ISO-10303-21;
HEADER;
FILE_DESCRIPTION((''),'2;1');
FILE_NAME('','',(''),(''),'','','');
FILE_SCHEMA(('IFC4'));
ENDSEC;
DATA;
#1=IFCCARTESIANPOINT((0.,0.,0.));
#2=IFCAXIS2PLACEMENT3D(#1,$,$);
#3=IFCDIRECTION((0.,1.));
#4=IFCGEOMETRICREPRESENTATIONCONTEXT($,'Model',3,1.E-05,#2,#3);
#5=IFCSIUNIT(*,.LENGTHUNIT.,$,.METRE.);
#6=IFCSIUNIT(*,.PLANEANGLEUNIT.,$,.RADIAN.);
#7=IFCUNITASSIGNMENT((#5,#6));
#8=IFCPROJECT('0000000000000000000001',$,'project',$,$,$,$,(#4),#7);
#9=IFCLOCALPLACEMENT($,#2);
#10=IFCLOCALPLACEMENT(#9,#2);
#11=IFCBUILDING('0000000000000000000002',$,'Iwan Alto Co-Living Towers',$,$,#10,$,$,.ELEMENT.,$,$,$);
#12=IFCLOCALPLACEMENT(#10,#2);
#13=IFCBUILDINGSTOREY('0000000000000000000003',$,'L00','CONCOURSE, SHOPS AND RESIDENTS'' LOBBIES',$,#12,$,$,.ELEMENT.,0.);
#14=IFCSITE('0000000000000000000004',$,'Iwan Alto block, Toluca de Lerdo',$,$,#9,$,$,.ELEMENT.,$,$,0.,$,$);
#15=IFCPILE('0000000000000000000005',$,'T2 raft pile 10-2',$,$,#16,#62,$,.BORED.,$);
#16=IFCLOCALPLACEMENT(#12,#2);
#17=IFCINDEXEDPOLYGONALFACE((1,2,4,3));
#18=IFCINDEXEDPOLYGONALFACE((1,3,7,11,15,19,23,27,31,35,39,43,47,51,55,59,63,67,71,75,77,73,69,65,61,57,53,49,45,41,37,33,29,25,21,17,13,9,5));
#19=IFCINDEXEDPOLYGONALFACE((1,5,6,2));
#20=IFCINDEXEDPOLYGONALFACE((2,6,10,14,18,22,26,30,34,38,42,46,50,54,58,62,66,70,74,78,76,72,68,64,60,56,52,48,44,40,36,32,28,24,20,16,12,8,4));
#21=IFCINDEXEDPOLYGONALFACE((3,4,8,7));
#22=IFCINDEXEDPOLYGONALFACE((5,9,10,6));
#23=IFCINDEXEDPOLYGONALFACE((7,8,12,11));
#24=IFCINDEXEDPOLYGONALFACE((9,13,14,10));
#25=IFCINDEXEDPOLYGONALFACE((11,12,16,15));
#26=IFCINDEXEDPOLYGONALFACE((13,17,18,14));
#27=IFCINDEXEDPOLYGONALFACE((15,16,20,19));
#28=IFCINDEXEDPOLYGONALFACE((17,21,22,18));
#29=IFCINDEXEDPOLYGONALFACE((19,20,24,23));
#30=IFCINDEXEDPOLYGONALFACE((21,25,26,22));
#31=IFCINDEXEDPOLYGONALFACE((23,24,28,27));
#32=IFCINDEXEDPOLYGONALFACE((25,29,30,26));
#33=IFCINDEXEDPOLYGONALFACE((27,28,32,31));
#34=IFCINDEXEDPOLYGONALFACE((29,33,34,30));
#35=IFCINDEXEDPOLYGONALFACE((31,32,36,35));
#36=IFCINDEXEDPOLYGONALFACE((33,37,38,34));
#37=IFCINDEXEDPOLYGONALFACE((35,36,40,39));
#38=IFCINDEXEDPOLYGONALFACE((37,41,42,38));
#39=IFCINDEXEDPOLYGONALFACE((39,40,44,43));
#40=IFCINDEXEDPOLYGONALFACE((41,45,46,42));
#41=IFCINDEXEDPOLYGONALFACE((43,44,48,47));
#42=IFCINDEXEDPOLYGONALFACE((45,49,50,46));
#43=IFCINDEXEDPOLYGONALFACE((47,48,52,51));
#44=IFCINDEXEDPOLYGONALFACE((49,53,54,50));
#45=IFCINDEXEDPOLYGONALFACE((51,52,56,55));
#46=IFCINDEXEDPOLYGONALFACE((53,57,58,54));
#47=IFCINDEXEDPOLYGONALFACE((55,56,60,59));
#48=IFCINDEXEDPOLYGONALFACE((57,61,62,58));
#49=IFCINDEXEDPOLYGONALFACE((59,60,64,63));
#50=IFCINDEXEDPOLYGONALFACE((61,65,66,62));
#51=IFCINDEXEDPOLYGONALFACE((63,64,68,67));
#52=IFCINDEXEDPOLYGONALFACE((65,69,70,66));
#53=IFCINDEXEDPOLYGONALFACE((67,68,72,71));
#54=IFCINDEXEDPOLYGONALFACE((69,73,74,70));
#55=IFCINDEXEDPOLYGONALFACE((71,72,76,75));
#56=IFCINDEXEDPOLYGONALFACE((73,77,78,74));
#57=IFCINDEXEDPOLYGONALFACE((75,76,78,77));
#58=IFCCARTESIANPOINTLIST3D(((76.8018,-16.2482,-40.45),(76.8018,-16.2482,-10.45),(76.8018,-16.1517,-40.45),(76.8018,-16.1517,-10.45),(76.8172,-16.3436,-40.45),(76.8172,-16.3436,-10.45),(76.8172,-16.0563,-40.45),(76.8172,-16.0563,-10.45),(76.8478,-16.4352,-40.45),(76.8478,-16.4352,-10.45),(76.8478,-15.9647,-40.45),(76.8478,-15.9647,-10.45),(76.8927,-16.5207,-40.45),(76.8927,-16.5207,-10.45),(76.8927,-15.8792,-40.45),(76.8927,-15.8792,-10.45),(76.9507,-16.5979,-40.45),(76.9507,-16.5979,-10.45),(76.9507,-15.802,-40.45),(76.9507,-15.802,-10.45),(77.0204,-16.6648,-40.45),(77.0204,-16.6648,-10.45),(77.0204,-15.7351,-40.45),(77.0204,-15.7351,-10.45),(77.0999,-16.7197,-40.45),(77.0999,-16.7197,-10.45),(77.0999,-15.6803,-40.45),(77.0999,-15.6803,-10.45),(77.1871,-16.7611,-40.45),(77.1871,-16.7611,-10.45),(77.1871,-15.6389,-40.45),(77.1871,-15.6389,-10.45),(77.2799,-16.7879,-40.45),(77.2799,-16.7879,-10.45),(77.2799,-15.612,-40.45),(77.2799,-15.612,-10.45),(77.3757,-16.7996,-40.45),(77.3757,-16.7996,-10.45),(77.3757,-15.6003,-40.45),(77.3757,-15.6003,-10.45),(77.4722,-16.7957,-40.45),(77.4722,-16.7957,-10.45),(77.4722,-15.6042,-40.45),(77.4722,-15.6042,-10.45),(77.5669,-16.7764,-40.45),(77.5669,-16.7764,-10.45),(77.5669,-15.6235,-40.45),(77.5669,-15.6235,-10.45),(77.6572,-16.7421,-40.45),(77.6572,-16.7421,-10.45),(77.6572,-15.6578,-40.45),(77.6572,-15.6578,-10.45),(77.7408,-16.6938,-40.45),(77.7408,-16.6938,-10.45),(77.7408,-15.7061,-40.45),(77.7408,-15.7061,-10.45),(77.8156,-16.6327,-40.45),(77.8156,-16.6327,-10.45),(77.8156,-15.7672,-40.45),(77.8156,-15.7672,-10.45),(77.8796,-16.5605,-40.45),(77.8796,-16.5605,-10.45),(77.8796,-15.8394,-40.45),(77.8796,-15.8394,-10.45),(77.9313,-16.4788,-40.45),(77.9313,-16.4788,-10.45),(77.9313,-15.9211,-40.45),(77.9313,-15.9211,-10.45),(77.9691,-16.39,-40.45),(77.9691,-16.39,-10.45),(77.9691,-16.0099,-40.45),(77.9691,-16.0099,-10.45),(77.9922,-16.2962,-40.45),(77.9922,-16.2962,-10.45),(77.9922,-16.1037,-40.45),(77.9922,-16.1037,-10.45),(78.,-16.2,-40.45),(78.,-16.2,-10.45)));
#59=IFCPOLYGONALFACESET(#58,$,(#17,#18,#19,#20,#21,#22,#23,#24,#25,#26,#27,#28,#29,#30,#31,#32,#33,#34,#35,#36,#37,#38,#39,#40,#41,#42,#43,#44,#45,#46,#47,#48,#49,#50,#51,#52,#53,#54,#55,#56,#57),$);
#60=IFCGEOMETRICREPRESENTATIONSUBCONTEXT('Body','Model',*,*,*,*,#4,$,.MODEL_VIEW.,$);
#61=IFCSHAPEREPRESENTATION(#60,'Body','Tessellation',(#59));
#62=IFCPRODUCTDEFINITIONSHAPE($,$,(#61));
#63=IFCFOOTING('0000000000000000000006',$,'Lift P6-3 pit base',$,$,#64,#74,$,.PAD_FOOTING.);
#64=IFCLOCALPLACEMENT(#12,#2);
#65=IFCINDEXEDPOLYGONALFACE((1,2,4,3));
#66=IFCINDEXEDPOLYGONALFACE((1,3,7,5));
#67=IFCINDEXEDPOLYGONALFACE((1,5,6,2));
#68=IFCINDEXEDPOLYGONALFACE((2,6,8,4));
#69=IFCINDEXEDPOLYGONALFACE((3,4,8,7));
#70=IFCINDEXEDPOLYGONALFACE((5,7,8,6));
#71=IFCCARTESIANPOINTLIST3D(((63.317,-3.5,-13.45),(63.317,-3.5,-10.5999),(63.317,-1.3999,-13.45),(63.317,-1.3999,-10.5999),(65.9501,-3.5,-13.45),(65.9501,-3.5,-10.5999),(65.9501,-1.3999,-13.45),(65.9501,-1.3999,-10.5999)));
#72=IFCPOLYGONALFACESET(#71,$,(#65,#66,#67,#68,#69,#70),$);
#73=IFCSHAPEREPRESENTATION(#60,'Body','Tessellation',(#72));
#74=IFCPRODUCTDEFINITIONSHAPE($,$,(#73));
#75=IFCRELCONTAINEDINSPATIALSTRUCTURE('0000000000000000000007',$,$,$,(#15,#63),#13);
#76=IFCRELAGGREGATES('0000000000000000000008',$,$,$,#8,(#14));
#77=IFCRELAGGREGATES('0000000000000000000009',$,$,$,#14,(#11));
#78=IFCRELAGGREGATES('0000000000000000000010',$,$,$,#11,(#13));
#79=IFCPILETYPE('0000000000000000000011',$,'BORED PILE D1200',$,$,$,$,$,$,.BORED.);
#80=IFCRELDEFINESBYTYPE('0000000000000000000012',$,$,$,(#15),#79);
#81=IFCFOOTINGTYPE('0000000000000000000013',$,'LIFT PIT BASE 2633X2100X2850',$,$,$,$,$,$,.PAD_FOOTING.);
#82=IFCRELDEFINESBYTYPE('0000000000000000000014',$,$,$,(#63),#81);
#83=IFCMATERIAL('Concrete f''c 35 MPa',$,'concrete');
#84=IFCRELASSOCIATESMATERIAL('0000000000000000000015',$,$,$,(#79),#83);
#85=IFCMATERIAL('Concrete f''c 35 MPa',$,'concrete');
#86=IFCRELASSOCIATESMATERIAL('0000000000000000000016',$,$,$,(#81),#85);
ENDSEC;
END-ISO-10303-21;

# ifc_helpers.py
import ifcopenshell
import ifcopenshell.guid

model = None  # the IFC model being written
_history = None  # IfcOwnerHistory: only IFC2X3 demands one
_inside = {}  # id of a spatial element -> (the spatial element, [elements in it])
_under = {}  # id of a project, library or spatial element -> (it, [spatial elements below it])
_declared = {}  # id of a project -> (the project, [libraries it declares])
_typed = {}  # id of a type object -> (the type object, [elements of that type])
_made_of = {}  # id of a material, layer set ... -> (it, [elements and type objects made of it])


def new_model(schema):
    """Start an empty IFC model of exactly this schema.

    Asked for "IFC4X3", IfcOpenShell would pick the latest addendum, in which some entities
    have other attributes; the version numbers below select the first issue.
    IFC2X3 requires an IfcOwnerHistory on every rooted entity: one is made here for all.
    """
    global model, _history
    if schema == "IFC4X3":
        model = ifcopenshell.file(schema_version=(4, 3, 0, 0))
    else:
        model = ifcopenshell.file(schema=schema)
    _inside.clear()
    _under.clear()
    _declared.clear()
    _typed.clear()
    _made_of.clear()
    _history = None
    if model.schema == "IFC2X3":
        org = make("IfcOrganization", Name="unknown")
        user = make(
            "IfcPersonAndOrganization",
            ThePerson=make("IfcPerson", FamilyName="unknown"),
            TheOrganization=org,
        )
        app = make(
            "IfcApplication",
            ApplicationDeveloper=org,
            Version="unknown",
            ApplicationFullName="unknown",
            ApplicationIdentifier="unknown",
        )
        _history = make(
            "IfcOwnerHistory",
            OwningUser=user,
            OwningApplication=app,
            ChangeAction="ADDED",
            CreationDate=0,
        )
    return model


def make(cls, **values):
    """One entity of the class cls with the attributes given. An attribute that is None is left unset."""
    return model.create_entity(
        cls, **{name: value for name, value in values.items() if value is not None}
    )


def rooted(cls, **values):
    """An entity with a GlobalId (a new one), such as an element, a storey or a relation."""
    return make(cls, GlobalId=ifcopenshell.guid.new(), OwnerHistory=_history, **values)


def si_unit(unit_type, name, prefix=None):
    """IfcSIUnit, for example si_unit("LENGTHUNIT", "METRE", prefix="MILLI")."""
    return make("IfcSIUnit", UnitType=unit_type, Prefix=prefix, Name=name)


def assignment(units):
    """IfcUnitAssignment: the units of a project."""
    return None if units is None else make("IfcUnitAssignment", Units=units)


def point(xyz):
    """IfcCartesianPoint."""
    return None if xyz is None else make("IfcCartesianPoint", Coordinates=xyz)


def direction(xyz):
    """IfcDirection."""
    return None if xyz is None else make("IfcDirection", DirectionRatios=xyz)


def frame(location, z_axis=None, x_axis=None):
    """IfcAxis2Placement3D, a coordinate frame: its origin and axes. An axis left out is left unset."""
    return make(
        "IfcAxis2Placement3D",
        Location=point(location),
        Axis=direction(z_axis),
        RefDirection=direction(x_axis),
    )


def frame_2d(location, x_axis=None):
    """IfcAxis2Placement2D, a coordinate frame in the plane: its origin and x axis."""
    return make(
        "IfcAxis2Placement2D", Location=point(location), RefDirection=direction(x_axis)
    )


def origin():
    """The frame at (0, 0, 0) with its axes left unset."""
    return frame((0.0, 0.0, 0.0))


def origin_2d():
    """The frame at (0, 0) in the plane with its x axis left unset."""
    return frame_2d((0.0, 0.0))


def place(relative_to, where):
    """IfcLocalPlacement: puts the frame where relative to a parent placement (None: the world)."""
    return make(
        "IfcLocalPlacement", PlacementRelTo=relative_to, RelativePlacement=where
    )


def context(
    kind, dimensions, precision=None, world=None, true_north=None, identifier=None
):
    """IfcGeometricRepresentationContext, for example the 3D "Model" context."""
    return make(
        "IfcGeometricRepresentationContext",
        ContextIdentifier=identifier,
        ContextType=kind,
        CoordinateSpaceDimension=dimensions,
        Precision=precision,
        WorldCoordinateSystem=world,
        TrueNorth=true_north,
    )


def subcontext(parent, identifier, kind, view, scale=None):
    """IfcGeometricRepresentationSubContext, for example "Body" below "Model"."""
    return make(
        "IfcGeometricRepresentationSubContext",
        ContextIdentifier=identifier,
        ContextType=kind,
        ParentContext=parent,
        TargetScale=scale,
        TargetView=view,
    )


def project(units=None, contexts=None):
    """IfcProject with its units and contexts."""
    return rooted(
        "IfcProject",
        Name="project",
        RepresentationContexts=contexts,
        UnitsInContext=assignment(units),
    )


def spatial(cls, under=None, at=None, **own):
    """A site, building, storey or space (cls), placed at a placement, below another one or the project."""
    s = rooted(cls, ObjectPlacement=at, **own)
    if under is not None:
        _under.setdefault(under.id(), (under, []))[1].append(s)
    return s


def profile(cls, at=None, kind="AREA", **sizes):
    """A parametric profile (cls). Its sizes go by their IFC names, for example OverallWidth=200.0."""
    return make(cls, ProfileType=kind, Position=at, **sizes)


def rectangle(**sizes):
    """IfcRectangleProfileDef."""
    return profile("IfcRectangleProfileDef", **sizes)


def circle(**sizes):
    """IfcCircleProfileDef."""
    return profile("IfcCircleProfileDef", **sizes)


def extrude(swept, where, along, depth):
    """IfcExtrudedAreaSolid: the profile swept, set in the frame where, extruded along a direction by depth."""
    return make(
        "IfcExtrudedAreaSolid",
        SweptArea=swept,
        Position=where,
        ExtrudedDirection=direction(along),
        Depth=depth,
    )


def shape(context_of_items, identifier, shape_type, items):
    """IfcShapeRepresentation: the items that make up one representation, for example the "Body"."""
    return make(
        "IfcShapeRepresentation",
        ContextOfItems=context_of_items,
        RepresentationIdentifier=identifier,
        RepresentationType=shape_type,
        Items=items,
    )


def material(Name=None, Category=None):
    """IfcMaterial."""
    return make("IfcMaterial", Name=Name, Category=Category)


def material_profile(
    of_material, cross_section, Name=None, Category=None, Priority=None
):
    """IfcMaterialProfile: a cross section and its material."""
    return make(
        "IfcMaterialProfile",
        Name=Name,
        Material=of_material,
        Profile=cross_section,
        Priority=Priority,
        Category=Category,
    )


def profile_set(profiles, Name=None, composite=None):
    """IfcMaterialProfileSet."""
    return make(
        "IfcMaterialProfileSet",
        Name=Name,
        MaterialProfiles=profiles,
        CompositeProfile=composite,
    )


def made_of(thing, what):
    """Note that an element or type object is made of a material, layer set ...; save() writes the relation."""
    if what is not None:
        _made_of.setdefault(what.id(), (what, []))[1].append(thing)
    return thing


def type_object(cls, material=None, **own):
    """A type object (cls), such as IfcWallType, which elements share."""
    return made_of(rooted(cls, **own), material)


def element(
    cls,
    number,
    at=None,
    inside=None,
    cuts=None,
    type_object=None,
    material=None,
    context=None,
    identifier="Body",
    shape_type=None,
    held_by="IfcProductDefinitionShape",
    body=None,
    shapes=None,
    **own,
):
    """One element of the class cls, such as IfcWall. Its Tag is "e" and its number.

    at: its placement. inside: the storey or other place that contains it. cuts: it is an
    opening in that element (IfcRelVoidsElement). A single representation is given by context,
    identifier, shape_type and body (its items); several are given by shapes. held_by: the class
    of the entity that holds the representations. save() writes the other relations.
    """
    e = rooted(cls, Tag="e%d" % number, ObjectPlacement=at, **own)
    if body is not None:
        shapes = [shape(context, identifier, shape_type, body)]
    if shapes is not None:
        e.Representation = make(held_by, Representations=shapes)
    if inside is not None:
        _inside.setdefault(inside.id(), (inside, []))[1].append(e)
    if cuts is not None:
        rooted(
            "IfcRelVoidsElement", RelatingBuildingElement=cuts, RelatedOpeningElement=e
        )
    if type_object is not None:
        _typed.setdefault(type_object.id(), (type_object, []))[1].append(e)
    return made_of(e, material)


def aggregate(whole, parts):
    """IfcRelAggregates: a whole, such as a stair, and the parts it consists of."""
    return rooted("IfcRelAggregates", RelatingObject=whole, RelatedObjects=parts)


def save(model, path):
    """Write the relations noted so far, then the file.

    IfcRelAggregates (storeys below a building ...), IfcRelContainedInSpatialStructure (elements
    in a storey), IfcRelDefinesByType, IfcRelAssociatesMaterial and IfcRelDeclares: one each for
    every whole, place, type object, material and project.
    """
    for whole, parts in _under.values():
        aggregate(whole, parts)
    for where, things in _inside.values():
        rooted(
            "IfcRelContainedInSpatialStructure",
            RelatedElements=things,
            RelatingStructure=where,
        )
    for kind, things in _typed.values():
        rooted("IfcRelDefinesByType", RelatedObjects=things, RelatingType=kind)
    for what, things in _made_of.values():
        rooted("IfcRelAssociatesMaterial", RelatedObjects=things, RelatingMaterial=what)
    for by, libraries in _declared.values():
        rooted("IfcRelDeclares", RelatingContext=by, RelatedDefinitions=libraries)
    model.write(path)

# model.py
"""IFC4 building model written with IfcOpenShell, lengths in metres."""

from ifc_helpers import new_model, si_unit, direction, frame, origin, origin_2d, place, context, subcontext, project, spatial, rectangle, circle, extrude, material, material_profile, profile_set, type_object, element, save


model = new_model("IFC4")

# Units and contexts
model_context = context("Model", 3, precision=1e-05, world=origin(), true_north=direction((0.0, 1.0)))
body_context = subcontext(model_context, "Body", "Model", "MODEL_VIEW")
ifc_project = project(units=[si_unit("LENGTHUNIT", "METRE"), si_unit("PLANEANGLEUNIT", "RADIAN")], contexts=[model_context])

# Site, building, storey
site_placement = place(None, origin())
site = spatial("IfcSite", under=ifc_project, at=site_placement, Name="Iwan Alto block, Toluca de Lerdo", CompositionType="ELEMENT", RefElevation=0.0)
building_placement = place(site_placement, origin())
building = spatial("IfcBuilding", under=site, at=building_placement, Name="Iwan Alto Co-Living Towers", CompositionType="ELEMENT")
storey_placement = place(building_placement, origin())
storey = spatial("IfcBuildingStorey", under=building, at=storey_placement, Name="L00", Description="CONCOURSE, SHOPS AND RESIDENTS' LOBBIES", CompositionType="ELEMENT", Elevation=0.0)

# Pile
ifc_material_1 = material(Name="Concrete f'c 35 MPa", Category="concrete")
ifc_material_profile = material_profile(ifc_material_1, circle(Radius=0.6001, at=origin_2d()), Name="D1200")
ifc_profile_set = profile_set([ifc_material_profile], Name="Concrete f'c 35 MPa")
pile_type = type_object("IfcPileType", Name="BORED PILE D1200", PredefinedType="BORED", material=ifc_profile_set)
for number, where, z_axis, x_axis, name in (
    (1, (77.3999, -16.2, -10.45), (0.0, 0.0, -1.0), (1.0, 0.0, 0.0), "T2 raft pile 10-2"),
):
    element("IfcPile", number, at=place(storey_placement, frame(where, z_axis=z_axis, x_axis=x_axis)), inside=storey, type_object=pile_type, Name=name, PredefinedType="BORED", context=body_context, shape_type="SweptSolid", body=[
        extrude(circle(Radius=0.6001, at=origin_2d()), origin(), (0.0, 0.0, 1.0), 30.0),
    ])

# Footing
ifc_material_2 = material(Name="Concrete f'c 35 MPa", Category="concrete")
footing_type = type_object("IfcFootingType", Name="LIFT PIT BASE 2633X2100X2850", PredefinedType="PAD_FOOTING", material=ifc_material_2)
footing_placement = place(storey_placement, frame((64.6335, -2.45, -13.45), z_axis=(0.0, 0.0, 1.0), x_axis=(1.0, 0.0, 0.0)))
element("IfcFooting", 2, at=footing_placement, inside=storey, type_object=footing_type, Name="Lift P6-3 pit base", PredefinedType="PAD_FOOTING", context=body_context, shape_type="SweptSolid", body=[
    extrude(rectangle(XDim=2.6331, YDim=2.1001, at=origin_2d()), origin(), (0.0, 0.0, 1.0), 2.8501),
])

save(model, "model.ifc")
